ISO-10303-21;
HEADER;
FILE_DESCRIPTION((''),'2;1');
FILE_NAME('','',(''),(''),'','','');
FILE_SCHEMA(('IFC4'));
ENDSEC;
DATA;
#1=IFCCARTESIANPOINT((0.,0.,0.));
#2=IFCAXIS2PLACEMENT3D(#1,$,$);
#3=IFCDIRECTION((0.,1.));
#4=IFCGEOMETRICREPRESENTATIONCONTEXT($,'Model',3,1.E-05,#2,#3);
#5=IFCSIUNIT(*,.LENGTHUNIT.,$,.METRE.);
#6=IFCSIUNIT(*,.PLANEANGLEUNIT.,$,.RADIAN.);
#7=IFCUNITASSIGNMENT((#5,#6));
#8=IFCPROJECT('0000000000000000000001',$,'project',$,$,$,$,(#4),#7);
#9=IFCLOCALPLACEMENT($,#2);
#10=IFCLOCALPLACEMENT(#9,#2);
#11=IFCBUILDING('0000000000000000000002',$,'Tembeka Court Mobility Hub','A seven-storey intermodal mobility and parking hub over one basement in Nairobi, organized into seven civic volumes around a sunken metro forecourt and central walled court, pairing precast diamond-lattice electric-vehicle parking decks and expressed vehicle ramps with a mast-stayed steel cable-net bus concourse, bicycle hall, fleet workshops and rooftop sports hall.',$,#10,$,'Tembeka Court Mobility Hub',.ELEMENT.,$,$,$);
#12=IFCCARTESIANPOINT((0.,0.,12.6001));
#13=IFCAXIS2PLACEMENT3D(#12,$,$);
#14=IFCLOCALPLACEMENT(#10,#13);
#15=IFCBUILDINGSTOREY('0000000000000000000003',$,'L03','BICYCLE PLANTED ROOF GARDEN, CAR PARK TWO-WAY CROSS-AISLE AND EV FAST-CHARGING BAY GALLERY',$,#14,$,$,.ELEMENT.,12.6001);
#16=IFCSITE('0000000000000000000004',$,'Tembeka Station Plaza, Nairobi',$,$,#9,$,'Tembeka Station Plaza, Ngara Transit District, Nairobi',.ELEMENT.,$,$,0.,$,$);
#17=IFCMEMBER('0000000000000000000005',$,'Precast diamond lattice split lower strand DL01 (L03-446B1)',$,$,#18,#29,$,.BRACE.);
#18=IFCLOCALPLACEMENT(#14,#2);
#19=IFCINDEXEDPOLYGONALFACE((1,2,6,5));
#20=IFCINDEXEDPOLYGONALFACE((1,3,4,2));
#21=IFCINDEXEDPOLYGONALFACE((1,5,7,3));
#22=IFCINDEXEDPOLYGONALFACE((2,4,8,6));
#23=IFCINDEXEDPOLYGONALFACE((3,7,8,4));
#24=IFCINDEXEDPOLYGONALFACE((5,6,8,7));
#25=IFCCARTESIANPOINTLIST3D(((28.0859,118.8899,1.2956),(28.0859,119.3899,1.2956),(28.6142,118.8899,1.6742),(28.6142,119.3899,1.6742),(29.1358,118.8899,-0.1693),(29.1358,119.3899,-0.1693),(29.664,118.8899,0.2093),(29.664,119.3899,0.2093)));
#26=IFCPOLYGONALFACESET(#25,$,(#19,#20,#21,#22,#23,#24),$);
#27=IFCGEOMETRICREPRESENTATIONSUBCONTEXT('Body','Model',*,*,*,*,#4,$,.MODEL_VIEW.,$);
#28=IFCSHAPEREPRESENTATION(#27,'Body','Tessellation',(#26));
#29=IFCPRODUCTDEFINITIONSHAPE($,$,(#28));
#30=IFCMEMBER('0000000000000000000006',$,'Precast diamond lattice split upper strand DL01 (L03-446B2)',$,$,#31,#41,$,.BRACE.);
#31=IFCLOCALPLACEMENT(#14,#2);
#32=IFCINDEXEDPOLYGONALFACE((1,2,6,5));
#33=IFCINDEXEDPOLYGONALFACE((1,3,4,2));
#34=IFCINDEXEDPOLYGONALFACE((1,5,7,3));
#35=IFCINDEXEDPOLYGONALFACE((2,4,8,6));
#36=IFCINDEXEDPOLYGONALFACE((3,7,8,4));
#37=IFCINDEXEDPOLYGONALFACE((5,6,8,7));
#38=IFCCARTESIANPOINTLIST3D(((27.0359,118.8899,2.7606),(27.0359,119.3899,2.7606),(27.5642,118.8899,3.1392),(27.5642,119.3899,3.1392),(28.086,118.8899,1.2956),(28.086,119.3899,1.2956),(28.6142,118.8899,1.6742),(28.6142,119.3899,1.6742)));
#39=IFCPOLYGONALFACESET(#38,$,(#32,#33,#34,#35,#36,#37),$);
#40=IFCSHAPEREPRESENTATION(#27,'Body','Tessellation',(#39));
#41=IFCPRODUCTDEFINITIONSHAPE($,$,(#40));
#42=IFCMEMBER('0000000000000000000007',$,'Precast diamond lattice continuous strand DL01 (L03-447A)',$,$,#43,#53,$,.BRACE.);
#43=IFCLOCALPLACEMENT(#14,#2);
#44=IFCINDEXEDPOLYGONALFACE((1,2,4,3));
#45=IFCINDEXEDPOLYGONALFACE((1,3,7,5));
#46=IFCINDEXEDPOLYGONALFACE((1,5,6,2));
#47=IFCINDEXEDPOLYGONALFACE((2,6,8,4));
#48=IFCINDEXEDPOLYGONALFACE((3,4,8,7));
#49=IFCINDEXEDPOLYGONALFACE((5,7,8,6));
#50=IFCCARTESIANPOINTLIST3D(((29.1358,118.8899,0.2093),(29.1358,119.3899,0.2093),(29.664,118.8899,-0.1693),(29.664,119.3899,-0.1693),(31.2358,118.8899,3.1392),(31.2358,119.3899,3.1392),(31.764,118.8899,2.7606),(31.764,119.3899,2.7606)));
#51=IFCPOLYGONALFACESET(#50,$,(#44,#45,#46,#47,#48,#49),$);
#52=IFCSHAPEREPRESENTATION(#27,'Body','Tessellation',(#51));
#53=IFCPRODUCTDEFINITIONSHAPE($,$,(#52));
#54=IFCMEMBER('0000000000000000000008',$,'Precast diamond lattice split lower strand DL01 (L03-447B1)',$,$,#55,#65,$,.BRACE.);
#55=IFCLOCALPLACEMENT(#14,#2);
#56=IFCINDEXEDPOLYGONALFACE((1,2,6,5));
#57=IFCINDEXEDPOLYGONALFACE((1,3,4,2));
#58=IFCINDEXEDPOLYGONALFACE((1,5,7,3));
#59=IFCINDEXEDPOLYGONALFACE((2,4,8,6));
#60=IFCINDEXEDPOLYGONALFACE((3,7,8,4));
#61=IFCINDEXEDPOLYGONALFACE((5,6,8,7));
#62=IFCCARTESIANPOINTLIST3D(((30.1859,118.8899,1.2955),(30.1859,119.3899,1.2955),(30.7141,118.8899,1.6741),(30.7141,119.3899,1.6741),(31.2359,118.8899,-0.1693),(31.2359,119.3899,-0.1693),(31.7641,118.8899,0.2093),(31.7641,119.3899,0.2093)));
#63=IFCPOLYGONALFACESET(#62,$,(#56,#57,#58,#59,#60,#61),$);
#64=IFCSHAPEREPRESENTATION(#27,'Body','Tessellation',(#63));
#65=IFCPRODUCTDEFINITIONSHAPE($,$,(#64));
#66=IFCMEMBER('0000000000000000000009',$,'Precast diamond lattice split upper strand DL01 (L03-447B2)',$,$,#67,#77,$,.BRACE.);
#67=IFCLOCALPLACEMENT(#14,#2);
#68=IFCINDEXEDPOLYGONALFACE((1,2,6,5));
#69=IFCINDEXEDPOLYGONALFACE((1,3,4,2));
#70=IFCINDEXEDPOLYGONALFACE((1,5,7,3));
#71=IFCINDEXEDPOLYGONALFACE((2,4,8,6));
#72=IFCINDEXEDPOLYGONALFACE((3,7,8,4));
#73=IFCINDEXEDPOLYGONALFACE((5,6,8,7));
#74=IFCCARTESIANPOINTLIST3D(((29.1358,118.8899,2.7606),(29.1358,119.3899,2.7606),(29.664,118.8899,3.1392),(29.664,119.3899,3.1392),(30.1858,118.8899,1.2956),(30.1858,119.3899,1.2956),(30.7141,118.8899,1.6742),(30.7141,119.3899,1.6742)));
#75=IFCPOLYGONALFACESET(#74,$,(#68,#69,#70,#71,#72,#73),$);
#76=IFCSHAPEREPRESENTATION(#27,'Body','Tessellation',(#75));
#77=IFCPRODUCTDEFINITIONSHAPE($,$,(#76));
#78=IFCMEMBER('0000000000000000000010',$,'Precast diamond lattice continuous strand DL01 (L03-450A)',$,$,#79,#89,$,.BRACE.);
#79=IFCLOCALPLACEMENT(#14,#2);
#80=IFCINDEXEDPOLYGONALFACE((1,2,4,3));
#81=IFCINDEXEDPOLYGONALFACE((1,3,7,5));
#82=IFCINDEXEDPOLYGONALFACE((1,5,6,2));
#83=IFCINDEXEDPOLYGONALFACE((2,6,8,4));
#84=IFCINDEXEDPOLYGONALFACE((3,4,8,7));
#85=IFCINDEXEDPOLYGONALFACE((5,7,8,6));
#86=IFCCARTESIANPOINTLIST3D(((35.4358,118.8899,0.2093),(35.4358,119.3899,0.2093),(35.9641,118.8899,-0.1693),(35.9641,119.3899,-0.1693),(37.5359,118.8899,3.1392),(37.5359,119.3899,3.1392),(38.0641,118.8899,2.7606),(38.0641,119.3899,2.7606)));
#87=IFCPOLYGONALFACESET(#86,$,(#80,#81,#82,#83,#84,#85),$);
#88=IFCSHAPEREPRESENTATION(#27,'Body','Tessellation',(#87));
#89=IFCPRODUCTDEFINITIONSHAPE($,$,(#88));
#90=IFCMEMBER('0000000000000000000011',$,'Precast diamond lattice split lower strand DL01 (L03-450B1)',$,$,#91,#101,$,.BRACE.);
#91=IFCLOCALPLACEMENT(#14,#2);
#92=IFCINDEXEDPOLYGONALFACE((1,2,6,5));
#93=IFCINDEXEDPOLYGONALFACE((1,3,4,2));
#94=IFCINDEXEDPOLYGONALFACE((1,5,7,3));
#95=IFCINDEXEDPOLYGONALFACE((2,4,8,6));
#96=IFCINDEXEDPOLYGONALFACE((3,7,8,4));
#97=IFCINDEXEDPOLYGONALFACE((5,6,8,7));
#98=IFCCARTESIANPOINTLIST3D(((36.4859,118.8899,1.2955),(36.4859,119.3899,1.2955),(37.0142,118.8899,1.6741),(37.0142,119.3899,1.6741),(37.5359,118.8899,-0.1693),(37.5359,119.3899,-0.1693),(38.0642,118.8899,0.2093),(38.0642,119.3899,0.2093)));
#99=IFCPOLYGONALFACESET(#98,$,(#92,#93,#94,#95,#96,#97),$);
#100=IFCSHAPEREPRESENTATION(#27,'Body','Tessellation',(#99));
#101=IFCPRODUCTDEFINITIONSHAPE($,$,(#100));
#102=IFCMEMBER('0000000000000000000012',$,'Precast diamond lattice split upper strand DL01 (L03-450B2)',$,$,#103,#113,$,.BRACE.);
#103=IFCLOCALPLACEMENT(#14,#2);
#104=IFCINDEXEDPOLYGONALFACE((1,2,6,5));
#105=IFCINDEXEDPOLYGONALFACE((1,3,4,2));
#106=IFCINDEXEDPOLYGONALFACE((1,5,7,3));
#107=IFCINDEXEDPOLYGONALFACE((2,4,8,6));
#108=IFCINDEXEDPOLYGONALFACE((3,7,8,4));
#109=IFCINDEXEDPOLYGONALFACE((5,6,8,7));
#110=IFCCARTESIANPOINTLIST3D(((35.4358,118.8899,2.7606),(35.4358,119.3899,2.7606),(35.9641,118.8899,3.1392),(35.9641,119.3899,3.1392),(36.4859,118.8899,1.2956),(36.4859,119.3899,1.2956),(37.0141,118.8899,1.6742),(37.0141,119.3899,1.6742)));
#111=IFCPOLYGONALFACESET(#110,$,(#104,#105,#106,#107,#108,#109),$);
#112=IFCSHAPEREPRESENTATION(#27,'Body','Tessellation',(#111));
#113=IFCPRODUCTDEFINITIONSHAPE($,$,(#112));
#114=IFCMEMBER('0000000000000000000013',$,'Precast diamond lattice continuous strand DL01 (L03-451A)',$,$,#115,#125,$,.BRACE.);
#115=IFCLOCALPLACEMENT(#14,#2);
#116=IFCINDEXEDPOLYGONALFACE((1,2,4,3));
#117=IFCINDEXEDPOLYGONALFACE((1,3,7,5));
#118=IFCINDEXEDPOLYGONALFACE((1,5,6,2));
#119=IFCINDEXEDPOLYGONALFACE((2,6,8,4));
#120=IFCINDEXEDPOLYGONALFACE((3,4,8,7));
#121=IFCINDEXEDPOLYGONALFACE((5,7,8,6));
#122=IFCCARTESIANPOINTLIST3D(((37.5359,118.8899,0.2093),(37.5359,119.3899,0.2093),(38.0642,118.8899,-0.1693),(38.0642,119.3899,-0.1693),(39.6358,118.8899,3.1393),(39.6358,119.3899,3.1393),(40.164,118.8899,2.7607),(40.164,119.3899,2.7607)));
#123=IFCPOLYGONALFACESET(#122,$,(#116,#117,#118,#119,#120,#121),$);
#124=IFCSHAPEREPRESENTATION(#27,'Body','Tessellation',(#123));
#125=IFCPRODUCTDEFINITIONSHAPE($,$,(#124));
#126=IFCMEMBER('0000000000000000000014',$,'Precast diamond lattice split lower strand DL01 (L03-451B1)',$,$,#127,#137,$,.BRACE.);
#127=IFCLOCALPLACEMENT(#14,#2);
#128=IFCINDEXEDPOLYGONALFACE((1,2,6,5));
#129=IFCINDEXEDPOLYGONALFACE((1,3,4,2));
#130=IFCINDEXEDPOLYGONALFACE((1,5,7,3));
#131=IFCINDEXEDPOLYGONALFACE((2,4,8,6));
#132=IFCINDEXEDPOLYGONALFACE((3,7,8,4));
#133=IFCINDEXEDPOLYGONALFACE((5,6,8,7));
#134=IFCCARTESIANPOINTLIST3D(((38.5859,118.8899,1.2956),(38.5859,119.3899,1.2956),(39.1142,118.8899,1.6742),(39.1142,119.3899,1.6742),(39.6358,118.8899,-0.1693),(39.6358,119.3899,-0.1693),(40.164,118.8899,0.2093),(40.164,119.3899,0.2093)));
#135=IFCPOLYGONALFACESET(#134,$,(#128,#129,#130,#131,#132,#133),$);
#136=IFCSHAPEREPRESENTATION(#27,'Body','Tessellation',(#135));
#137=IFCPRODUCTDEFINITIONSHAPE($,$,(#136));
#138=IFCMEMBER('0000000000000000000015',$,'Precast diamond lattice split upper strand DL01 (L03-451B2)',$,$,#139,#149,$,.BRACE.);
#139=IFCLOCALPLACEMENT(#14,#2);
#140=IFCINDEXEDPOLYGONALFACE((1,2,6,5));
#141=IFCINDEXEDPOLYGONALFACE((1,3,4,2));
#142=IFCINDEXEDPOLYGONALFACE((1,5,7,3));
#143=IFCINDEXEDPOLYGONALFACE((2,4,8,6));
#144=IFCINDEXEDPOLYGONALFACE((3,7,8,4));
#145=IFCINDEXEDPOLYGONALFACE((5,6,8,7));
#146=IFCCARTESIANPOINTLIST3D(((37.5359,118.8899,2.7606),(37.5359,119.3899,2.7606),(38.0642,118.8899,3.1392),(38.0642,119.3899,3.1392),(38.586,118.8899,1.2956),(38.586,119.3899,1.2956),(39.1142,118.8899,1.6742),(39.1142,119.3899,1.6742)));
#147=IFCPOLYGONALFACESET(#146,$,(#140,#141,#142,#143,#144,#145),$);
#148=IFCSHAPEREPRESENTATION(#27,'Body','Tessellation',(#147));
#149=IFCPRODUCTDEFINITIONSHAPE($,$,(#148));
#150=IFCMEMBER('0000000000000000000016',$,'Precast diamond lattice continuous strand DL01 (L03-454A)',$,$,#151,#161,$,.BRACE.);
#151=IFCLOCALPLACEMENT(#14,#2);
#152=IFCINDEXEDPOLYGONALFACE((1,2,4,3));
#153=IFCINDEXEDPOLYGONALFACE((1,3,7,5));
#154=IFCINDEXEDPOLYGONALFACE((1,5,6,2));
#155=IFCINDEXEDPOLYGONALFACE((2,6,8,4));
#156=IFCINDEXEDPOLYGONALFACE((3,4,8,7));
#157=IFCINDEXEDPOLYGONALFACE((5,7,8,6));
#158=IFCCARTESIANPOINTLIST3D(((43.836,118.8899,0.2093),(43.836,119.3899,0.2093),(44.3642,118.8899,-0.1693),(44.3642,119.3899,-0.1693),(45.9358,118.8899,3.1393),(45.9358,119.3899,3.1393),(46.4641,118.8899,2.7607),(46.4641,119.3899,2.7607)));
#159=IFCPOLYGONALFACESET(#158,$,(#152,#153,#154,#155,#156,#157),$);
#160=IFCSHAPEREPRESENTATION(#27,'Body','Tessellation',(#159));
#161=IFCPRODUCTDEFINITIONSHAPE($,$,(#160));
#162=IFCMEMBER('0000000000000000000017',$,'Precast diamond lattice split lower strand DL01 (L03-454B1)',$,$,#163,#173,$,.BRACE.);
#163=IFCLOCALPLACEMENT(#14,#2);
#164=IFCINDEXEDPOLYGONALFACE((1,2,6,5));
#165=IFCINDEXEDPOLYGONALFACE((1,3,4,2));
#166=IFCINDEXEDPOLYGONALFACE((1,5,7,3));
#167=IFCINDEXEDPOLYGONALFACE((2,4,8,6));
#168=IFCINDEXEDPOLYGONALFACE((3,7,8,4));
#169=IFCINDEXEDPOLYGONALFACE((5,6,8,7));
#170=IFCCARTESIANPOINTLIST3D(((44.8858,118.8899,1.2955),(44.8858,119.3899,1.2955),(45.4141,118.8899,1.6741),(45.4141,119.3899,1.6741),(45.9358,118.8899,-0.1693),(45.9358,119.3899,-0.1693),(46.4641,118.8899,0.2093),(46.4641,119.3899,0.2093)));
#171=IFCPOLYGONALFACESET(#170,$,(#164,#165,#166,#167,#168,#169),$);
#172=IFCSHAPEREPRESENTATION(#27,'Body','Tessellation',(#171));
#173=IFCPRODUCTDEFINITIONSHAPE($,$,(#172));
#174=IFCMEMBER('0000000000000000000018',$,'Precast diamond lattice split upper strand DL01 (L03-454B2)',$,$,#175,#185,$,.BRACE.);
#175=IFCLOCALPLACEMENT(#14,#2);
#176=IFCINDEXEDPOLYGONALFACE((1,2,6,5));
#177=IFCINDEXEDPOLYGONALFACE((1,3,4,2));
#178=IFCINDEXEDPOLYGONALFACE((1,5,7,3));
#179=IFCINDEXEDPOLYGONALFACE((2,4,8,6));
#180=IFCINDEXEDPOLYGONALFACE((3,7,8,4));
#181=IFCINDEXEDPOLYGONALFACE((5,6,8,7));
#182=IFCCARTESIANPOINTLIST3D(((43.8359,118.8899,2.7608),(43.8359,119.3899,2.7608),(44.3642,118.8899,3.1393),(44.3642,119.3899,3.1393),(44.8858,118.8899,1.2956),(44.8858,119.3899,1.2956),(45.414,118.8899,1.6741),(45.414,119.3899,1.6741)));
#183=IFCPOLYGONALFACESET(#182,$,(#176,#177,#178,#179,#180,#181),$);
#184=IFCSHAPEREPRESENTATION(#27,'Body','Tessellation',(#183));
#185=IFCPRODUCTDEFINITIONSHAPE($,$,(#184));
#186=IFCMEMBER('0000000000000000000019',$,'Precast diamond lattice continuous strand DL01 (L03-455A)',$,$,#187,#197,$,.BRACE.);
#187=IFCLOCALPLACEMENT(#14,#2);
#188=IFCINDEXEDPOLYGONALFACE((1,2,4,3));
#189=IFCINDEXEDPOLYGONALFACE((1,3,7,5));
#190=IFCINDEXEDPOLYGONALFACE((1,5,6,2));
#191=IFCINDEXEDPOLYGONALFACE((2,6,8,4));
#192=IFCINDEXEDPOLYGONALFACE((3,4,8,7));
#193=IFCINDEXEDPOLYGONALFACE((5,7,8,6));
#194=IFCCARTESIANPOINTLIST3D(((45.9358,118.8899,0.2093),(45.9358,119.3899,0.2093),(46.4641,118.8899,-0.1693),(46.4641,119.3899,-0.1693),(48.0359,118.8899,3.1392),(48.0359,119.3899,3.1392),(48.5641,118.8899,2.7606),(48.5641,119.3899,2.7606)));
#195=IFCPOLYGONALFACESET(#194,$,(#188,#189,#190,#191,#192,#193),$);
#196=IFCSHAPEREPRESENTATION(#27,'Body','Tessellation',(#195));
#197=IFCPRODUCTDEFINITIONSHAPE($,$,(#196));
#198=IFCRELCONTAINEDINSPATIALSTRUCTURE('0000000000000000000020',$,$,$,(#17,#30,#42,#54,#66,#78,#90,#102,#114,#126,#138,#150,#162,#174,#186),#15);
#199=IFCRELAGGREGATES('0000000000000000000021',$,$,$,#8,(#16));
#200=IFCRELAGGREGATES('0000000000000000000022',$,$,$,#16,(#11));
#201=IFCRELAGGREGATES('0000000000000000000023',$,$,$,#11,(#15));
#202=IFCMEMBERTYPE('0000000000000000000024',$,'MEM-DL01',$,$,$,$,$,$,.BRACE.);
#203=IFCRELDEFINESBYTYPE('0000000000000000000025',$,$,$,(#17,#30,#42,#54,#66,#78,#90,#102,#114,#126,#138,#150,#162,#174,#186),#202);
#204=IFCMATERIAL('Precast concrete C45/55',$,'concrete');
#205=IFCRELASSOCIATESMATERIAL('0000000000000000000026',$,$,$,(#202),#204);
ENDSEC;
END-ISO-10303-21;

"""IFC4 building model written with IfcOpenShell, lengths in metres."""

from ifc_helpers import new_model, si_unit, direction, frame, origin, origin_2d, place, context, subcontext, project, spatial, rectangle, extrude, material, material_profile, profile_set, type_object, element, save


model = new_model("IFC4")

# Units and contexts
model_context = context("Model", 3, precision=1e-05, world=origin(), true_north=direction((0.0, 1.0)))
body_context = subcontext(model_context, "Body", "Model", "MODEL_VIEW")
ifc_project = project(units=[si_unit("LENGTHUNIT", "METRE"), si_unit("PLANEANGLEUNIT", "RADIAN")], contexts=[model_context])

# Site, building, storey
site_placement = place(None, origin())
site = spatial("IfcSite", under=ifc_project, at=site_placement, Name="Tembeka Station Plaza, Nairobi", LongName="Tembeka Station Plaza, Ngara Transit District, Nairobi", CompositionType="ELEMENT", RefElevation=0.0)
building_placement = place(site_placement, origin())
building = spatial("IfcBuilding", under=site, at=building_placement, Name="Tembeka Court Mobility Hub", Description="A seven-storey intermodal mobility and parking hub over one basement in Nairobi, organized into seven civic volumes around a sunken metro forecourt and central walled court, pairing precast diamond-lattice electric-vehicle parking decks and expressed vehicle ramps with a mast-stayed steel cable-net bus concourse, bicycle hall, fleet workshops and rooftop sports hall.", LongName="Tembeka Court Mobility Hub", CompositionType="ELEMENT")
storey_placement = place(building_placement, frame((0.0, 0.0, 12.6001)))
storey = spatial("IfcBuildingStorey", under=building, at=storey_placement, Name="L03", Description="BICYCLE PLANTED ROOF GARDEN, CAR PARK TWO-WAY CROSS-AISLE AND EV FAST-CHARGING BAY GALLERY", CompositionType="ELEMENT", Elevation=12.6001)

# Members
ifc_material = material(Name="Precast concrete C45/55", Category="concrete")
ifc_material_profile_1 = material_profile(ifc_material, rectangle(XDim=0.5, YDim=0.6499, at=origin_2d()), Name="PC-DIAG 500x650")
ifc_profile_set_1 = profile_set([ifc_material_profile_1], Name="Precast concrete C45/55")
member_type_1 = type_object("IfcMemberType", Name="MEM-DL01", PredefinedType="BRACE", material=ifc_profile_set_1)
member_1_placement = place(storey_placement, frame((29.3999, 119.1399, 0.02), z_axis=(-0.582519, 0.0, 0.812817), x_axis=(0.0, -1.0, 0.0)))
element("IfcMember", 1, at=member_1_placement, inside=storey, type_object=member_type_1, Name="Precast diamond lattice split lower strand DL01 (L03-446B1)", PredefinedType="BRACE", context=body_context, shape_type="SweptSolid", body=[
    extrude(rectangle(XDim=0.5, YDim=0.6499, at=origin_2d()), origin(), (0.0, 0.0, 1.0), 1.8022),
])
member_2_placement = place(storey_placement, frame((28.3501, 119.1399, 1.4849), z_axis=(-0.582544, 0.0, 0.812799), x_axis=(0.0, -1.0, 0.0)))
element("IfcMember", 2, at=member_2_placement, inside=storey, type_object=member_type_1, Name="Precast diamond lattice split upper strand DL01 (L03-446B2)", PredefinedType="BRACE", context=body_context, shape_type="SweptSolid", body=[
    extrude(rectangle(XDim=0.5, YDim=0.6499, at=origin_2d()), origin(), (0.0, 0.0, 1.0), 1.8025),
])
member_3_placement = place(storey_placement, frame((29.3999, 119.1399, 0.02), z_axis=(0.582576, 0.0, 0.812776), x_axis=(0.0, 1.0, 0.0)))
element("IfcMember", 3, at=member_3_placement, inside=storey, type_object=member_type_1, Name="Precast diamond lattice continuous strand DL01 (L03-447A)", PredefinedType="BRACE", context=body_context, shape_type="SweptSolid", body=[
    extrude(rectangle(XDim=0.5, YDim=0.6499, at=origin_2d()), origin(), (0.0, 0.0, 1.0), 3.6047),
])
member_4_placement = place(storey_placement, frame((31.5, 119.1399, 0.02), z_axis=(-0.582608, 0.0, 0.812753), x_axis=(0.0, -1.0, 0.0)))
element("IfcMember", 4, at=member_4_placement, inside=storey, type_object=member_type_1, Name="Precast diamond lattice split lower strand DL01 (L03-447B1)", PredefinedType="BRACE", context=body_context, shape_type="SweptSolid", body=[
    extrude(rectangle(XDim=0.5, YDim=0.6499, at=origin_2d()), origin(), (0.0, 0.0, 1.0), 1.8022),
])
member_5_placement = place(storey_placement, frame((30.45, 119.1399, 1.4849), z_axis=(-0.582544, 0.0, 0.812799), x_axis=(0.0, -1.0, 0.0)))
element("IfcMember", 5, at=member_5_placement, inside=storey, type_object=member_type_1, Name="Precast diamond lattice split upper strand DL01 (L03-447B2)", PredefinedType="BRACE", context=body_context, shape_type="SweptSolid", body=[
    extrude(rectangle(XDim=0.5, YDim=0.6499, at=origin_2d()), origin(), (0.0, 0.0, 1.0), 1.8025),
])
member_6_placement = place(storey_placement, frame((35.7, 119.1399, 0.02), z_axis=(0.582576, 0.0, 0.812776), x_axis=(0.0, 1.0, 0.0)))
element("IfcMember", 6, at=member_6_placement, inside=storey, type_object=member_type_1, Name="Precast diamond lattice continuous strand DL01 (L03-450A)", PredefinedType="BRACE", context=body_context, shape_type="SweptSolid", body=[
    extrude(rectangle(XDim=0.5, YDim=0.6499, at=origin_2d()), origin(), (0.0, 0.0, 1.0), 3.6047),
])
member_7_placement = place(storey_placement, frame((37.8, 119.1399, 0.02), z_axis=(-0.582608, 0.0, 0.812753), x_axis=(0.0, -1.0, 0.0)))
element("IfcMember", 7, at=member_7_placement, inside=storey, type_object=member_type_1, Name="Precast diamond lattice split lower strand DL01 (L03-450B1)", PredefinedType="BRACE", context=body_context, shape_type="SweptSolid", body=[
    extrude(rectangle(XDim=0.5, YDim=0.6499, at=origin_2d()), origin(), (0.0, 0.0, 1.0), 1.8022),
])
member_8_placement = place(storey_placement, frame((36.75, 119.1399, 1.4849), z_axis=(-0.582544, 0.0, 0.812799), x_axis=(0.0, -1.0, 0.0)))
element("IfcMember", 8, at=member_8_placement, inside=storey, type_object=member_type_1, Name="Precast diamond lattice split upper strand DL01 (L03-450B2)", PredefinedType="BRACE", context=body_context, shape_type="SweptSolid", body=[
    extrude(rectangle(XDim=0.5, YDim=0.6499, at=origin_2d()), origin(), (0.0, 0.0, 1.0), 1.8025),
])
member_9_placement = place(storey_placement, frame((37.8, 119.1399, 0.02), z_axis=(0.582532, 0.0, 0.812808), x_axis=(0.0, 1.0, 0.0)))
element("IfcMember", 9, at=member_9_placement, inside=storey, type_object=member_type_1, Name="Precast diamond lattice continuous strand DL01 (L03-451A)", PredefinedType="BRACE", context=body_context, shape_type="SweptSolid", body=[
    extrude(rectangle(XDim=0.5, YDim=0.6499, at=origin_2d()), origin(), (0.0, 0.0, 1.0), 3.6047),
])
member_10_placement = place(storey_placement, frame((39.8999, 119.1399, 0.02), z_axis=(-0.582519, 0.0, 0.812817), x_axis=(0.0, -1.0, 0.0)))
element("IfcMember", 10, at=member_10_placement, inside=storey, type_object=member_type_1, Name="Precast diamond lattice split lower strand DL01 (L03-451B1)", PredefinedType="BRACE", context=body_context, shape_type="SweptSolid", body=[
    extrude(rectangle(XDim=0.5, YDim=0.6499, at=origin_2d()), origin(), (0.0, 0.0, 1.0), 1.8022),
])
member_11_placement = place(storey_placement, frame((38.8501, 119.1399, 1.4849), z_axis=(-0.582544, 0.0, 0.812799), x_axis=(0.0, -1.0, 0.0)))
element("IfcMember", 11, at=member_11_placement, inside=storey, type_object=member_type_1, Name="Precast diamond lattice split upper strand DL01 (L03-451B2)", PredefinedType="BRACE", context=body_context, shape_type="SweptSolid", body=[
    extrude(rectangle(XDim=0.5, YDim=0.6499, at=origin_2d()), origin(), (0.0, 0.0, 1.0), 1.8025),
])
member_12_placement = place(storey_placement, frame((44.1001, 119.1399, 0.02), z_axis=(0.582532, 0.0, 0.812808), x_axis=(0.0, 1.0, 0.0)))
element("IfcMember", 12, at=member_12_placement, inside=storey, type_object=member_type_1, Name="Precast diamond lattice continuous strand DL01 (L03-454A)", PredefinedType="BRACE", context=body_context, shape_type="SweptSolid", body=[
    extrude(rectangle(XDim=0.5, YDim=0.6499, at=origin_2d()), origin(), (0.0, 0.0, 1.0), 3.6047),
])
member_13_placement = place(storey_placement, frame((46.2, 119.1399, 0.02), z_axis=(-0.582608, 0.0, 0.812753), x_axis=(0.0, -1.0, 0.0)))
element("IfcMember", 13, at=member_13_placement, inside=storey, type_object=member_type_1, Name="Precast diamond lattice split lower strand DL01 (L03-454B1)", PredefinedType="BRACE", context=body_context, shape_type="SweptSolid", body=[
    extrude(rectangle(XDim=0.5, YDim=0.6499, at=origin_2d()), origin(), (0.0, 0.0, 1.0), 1.8022),
])
member_14_placement = place(storey_placement, frame((45.1499, 119.1399, 1.4849), z_axis=(-0.582455, 0.0, 0.812863), x_axis=(0.0, -1.0, 0.0)))
element("IfcMember", 14, at=member_14_placement, inside=storey, type_object=member_type_1, Name="Precast diamond lattice split upper strand DL01 (L03-454B2)", PredefinedType="BRACE", context=body_context, shape_type="SweptSolid", body=[
    extrude(rectangle(XDim=0.5, YDim=0.6499, at=origin_2d()), origin(), (0.0, 0.0, 1.0), 1.8025),
])
member_15_placement = place(storey_placement, frame((46.2, 119.1399, 0.02), z_axis=(0.582576, 0.0, 0.812776), x_axis=(0.0, 1.0, 0.0)))
element("IfcMember", 15, at=member_15_placement, inside=storey, type_object=member_type_1, Name="Precast diamond lattice continuous strand DL01 (L03-455A)", PredefinedType="BRACE", context=body_context, shape_type="SweptSolid", body=[
    extrude(rectangle(XDim=0.5, YDim=0.6499, at=origin_2d()), origin(), (0.0, 0.0, 1.0), 3.6047),
])

save(model, "model.ifc")
